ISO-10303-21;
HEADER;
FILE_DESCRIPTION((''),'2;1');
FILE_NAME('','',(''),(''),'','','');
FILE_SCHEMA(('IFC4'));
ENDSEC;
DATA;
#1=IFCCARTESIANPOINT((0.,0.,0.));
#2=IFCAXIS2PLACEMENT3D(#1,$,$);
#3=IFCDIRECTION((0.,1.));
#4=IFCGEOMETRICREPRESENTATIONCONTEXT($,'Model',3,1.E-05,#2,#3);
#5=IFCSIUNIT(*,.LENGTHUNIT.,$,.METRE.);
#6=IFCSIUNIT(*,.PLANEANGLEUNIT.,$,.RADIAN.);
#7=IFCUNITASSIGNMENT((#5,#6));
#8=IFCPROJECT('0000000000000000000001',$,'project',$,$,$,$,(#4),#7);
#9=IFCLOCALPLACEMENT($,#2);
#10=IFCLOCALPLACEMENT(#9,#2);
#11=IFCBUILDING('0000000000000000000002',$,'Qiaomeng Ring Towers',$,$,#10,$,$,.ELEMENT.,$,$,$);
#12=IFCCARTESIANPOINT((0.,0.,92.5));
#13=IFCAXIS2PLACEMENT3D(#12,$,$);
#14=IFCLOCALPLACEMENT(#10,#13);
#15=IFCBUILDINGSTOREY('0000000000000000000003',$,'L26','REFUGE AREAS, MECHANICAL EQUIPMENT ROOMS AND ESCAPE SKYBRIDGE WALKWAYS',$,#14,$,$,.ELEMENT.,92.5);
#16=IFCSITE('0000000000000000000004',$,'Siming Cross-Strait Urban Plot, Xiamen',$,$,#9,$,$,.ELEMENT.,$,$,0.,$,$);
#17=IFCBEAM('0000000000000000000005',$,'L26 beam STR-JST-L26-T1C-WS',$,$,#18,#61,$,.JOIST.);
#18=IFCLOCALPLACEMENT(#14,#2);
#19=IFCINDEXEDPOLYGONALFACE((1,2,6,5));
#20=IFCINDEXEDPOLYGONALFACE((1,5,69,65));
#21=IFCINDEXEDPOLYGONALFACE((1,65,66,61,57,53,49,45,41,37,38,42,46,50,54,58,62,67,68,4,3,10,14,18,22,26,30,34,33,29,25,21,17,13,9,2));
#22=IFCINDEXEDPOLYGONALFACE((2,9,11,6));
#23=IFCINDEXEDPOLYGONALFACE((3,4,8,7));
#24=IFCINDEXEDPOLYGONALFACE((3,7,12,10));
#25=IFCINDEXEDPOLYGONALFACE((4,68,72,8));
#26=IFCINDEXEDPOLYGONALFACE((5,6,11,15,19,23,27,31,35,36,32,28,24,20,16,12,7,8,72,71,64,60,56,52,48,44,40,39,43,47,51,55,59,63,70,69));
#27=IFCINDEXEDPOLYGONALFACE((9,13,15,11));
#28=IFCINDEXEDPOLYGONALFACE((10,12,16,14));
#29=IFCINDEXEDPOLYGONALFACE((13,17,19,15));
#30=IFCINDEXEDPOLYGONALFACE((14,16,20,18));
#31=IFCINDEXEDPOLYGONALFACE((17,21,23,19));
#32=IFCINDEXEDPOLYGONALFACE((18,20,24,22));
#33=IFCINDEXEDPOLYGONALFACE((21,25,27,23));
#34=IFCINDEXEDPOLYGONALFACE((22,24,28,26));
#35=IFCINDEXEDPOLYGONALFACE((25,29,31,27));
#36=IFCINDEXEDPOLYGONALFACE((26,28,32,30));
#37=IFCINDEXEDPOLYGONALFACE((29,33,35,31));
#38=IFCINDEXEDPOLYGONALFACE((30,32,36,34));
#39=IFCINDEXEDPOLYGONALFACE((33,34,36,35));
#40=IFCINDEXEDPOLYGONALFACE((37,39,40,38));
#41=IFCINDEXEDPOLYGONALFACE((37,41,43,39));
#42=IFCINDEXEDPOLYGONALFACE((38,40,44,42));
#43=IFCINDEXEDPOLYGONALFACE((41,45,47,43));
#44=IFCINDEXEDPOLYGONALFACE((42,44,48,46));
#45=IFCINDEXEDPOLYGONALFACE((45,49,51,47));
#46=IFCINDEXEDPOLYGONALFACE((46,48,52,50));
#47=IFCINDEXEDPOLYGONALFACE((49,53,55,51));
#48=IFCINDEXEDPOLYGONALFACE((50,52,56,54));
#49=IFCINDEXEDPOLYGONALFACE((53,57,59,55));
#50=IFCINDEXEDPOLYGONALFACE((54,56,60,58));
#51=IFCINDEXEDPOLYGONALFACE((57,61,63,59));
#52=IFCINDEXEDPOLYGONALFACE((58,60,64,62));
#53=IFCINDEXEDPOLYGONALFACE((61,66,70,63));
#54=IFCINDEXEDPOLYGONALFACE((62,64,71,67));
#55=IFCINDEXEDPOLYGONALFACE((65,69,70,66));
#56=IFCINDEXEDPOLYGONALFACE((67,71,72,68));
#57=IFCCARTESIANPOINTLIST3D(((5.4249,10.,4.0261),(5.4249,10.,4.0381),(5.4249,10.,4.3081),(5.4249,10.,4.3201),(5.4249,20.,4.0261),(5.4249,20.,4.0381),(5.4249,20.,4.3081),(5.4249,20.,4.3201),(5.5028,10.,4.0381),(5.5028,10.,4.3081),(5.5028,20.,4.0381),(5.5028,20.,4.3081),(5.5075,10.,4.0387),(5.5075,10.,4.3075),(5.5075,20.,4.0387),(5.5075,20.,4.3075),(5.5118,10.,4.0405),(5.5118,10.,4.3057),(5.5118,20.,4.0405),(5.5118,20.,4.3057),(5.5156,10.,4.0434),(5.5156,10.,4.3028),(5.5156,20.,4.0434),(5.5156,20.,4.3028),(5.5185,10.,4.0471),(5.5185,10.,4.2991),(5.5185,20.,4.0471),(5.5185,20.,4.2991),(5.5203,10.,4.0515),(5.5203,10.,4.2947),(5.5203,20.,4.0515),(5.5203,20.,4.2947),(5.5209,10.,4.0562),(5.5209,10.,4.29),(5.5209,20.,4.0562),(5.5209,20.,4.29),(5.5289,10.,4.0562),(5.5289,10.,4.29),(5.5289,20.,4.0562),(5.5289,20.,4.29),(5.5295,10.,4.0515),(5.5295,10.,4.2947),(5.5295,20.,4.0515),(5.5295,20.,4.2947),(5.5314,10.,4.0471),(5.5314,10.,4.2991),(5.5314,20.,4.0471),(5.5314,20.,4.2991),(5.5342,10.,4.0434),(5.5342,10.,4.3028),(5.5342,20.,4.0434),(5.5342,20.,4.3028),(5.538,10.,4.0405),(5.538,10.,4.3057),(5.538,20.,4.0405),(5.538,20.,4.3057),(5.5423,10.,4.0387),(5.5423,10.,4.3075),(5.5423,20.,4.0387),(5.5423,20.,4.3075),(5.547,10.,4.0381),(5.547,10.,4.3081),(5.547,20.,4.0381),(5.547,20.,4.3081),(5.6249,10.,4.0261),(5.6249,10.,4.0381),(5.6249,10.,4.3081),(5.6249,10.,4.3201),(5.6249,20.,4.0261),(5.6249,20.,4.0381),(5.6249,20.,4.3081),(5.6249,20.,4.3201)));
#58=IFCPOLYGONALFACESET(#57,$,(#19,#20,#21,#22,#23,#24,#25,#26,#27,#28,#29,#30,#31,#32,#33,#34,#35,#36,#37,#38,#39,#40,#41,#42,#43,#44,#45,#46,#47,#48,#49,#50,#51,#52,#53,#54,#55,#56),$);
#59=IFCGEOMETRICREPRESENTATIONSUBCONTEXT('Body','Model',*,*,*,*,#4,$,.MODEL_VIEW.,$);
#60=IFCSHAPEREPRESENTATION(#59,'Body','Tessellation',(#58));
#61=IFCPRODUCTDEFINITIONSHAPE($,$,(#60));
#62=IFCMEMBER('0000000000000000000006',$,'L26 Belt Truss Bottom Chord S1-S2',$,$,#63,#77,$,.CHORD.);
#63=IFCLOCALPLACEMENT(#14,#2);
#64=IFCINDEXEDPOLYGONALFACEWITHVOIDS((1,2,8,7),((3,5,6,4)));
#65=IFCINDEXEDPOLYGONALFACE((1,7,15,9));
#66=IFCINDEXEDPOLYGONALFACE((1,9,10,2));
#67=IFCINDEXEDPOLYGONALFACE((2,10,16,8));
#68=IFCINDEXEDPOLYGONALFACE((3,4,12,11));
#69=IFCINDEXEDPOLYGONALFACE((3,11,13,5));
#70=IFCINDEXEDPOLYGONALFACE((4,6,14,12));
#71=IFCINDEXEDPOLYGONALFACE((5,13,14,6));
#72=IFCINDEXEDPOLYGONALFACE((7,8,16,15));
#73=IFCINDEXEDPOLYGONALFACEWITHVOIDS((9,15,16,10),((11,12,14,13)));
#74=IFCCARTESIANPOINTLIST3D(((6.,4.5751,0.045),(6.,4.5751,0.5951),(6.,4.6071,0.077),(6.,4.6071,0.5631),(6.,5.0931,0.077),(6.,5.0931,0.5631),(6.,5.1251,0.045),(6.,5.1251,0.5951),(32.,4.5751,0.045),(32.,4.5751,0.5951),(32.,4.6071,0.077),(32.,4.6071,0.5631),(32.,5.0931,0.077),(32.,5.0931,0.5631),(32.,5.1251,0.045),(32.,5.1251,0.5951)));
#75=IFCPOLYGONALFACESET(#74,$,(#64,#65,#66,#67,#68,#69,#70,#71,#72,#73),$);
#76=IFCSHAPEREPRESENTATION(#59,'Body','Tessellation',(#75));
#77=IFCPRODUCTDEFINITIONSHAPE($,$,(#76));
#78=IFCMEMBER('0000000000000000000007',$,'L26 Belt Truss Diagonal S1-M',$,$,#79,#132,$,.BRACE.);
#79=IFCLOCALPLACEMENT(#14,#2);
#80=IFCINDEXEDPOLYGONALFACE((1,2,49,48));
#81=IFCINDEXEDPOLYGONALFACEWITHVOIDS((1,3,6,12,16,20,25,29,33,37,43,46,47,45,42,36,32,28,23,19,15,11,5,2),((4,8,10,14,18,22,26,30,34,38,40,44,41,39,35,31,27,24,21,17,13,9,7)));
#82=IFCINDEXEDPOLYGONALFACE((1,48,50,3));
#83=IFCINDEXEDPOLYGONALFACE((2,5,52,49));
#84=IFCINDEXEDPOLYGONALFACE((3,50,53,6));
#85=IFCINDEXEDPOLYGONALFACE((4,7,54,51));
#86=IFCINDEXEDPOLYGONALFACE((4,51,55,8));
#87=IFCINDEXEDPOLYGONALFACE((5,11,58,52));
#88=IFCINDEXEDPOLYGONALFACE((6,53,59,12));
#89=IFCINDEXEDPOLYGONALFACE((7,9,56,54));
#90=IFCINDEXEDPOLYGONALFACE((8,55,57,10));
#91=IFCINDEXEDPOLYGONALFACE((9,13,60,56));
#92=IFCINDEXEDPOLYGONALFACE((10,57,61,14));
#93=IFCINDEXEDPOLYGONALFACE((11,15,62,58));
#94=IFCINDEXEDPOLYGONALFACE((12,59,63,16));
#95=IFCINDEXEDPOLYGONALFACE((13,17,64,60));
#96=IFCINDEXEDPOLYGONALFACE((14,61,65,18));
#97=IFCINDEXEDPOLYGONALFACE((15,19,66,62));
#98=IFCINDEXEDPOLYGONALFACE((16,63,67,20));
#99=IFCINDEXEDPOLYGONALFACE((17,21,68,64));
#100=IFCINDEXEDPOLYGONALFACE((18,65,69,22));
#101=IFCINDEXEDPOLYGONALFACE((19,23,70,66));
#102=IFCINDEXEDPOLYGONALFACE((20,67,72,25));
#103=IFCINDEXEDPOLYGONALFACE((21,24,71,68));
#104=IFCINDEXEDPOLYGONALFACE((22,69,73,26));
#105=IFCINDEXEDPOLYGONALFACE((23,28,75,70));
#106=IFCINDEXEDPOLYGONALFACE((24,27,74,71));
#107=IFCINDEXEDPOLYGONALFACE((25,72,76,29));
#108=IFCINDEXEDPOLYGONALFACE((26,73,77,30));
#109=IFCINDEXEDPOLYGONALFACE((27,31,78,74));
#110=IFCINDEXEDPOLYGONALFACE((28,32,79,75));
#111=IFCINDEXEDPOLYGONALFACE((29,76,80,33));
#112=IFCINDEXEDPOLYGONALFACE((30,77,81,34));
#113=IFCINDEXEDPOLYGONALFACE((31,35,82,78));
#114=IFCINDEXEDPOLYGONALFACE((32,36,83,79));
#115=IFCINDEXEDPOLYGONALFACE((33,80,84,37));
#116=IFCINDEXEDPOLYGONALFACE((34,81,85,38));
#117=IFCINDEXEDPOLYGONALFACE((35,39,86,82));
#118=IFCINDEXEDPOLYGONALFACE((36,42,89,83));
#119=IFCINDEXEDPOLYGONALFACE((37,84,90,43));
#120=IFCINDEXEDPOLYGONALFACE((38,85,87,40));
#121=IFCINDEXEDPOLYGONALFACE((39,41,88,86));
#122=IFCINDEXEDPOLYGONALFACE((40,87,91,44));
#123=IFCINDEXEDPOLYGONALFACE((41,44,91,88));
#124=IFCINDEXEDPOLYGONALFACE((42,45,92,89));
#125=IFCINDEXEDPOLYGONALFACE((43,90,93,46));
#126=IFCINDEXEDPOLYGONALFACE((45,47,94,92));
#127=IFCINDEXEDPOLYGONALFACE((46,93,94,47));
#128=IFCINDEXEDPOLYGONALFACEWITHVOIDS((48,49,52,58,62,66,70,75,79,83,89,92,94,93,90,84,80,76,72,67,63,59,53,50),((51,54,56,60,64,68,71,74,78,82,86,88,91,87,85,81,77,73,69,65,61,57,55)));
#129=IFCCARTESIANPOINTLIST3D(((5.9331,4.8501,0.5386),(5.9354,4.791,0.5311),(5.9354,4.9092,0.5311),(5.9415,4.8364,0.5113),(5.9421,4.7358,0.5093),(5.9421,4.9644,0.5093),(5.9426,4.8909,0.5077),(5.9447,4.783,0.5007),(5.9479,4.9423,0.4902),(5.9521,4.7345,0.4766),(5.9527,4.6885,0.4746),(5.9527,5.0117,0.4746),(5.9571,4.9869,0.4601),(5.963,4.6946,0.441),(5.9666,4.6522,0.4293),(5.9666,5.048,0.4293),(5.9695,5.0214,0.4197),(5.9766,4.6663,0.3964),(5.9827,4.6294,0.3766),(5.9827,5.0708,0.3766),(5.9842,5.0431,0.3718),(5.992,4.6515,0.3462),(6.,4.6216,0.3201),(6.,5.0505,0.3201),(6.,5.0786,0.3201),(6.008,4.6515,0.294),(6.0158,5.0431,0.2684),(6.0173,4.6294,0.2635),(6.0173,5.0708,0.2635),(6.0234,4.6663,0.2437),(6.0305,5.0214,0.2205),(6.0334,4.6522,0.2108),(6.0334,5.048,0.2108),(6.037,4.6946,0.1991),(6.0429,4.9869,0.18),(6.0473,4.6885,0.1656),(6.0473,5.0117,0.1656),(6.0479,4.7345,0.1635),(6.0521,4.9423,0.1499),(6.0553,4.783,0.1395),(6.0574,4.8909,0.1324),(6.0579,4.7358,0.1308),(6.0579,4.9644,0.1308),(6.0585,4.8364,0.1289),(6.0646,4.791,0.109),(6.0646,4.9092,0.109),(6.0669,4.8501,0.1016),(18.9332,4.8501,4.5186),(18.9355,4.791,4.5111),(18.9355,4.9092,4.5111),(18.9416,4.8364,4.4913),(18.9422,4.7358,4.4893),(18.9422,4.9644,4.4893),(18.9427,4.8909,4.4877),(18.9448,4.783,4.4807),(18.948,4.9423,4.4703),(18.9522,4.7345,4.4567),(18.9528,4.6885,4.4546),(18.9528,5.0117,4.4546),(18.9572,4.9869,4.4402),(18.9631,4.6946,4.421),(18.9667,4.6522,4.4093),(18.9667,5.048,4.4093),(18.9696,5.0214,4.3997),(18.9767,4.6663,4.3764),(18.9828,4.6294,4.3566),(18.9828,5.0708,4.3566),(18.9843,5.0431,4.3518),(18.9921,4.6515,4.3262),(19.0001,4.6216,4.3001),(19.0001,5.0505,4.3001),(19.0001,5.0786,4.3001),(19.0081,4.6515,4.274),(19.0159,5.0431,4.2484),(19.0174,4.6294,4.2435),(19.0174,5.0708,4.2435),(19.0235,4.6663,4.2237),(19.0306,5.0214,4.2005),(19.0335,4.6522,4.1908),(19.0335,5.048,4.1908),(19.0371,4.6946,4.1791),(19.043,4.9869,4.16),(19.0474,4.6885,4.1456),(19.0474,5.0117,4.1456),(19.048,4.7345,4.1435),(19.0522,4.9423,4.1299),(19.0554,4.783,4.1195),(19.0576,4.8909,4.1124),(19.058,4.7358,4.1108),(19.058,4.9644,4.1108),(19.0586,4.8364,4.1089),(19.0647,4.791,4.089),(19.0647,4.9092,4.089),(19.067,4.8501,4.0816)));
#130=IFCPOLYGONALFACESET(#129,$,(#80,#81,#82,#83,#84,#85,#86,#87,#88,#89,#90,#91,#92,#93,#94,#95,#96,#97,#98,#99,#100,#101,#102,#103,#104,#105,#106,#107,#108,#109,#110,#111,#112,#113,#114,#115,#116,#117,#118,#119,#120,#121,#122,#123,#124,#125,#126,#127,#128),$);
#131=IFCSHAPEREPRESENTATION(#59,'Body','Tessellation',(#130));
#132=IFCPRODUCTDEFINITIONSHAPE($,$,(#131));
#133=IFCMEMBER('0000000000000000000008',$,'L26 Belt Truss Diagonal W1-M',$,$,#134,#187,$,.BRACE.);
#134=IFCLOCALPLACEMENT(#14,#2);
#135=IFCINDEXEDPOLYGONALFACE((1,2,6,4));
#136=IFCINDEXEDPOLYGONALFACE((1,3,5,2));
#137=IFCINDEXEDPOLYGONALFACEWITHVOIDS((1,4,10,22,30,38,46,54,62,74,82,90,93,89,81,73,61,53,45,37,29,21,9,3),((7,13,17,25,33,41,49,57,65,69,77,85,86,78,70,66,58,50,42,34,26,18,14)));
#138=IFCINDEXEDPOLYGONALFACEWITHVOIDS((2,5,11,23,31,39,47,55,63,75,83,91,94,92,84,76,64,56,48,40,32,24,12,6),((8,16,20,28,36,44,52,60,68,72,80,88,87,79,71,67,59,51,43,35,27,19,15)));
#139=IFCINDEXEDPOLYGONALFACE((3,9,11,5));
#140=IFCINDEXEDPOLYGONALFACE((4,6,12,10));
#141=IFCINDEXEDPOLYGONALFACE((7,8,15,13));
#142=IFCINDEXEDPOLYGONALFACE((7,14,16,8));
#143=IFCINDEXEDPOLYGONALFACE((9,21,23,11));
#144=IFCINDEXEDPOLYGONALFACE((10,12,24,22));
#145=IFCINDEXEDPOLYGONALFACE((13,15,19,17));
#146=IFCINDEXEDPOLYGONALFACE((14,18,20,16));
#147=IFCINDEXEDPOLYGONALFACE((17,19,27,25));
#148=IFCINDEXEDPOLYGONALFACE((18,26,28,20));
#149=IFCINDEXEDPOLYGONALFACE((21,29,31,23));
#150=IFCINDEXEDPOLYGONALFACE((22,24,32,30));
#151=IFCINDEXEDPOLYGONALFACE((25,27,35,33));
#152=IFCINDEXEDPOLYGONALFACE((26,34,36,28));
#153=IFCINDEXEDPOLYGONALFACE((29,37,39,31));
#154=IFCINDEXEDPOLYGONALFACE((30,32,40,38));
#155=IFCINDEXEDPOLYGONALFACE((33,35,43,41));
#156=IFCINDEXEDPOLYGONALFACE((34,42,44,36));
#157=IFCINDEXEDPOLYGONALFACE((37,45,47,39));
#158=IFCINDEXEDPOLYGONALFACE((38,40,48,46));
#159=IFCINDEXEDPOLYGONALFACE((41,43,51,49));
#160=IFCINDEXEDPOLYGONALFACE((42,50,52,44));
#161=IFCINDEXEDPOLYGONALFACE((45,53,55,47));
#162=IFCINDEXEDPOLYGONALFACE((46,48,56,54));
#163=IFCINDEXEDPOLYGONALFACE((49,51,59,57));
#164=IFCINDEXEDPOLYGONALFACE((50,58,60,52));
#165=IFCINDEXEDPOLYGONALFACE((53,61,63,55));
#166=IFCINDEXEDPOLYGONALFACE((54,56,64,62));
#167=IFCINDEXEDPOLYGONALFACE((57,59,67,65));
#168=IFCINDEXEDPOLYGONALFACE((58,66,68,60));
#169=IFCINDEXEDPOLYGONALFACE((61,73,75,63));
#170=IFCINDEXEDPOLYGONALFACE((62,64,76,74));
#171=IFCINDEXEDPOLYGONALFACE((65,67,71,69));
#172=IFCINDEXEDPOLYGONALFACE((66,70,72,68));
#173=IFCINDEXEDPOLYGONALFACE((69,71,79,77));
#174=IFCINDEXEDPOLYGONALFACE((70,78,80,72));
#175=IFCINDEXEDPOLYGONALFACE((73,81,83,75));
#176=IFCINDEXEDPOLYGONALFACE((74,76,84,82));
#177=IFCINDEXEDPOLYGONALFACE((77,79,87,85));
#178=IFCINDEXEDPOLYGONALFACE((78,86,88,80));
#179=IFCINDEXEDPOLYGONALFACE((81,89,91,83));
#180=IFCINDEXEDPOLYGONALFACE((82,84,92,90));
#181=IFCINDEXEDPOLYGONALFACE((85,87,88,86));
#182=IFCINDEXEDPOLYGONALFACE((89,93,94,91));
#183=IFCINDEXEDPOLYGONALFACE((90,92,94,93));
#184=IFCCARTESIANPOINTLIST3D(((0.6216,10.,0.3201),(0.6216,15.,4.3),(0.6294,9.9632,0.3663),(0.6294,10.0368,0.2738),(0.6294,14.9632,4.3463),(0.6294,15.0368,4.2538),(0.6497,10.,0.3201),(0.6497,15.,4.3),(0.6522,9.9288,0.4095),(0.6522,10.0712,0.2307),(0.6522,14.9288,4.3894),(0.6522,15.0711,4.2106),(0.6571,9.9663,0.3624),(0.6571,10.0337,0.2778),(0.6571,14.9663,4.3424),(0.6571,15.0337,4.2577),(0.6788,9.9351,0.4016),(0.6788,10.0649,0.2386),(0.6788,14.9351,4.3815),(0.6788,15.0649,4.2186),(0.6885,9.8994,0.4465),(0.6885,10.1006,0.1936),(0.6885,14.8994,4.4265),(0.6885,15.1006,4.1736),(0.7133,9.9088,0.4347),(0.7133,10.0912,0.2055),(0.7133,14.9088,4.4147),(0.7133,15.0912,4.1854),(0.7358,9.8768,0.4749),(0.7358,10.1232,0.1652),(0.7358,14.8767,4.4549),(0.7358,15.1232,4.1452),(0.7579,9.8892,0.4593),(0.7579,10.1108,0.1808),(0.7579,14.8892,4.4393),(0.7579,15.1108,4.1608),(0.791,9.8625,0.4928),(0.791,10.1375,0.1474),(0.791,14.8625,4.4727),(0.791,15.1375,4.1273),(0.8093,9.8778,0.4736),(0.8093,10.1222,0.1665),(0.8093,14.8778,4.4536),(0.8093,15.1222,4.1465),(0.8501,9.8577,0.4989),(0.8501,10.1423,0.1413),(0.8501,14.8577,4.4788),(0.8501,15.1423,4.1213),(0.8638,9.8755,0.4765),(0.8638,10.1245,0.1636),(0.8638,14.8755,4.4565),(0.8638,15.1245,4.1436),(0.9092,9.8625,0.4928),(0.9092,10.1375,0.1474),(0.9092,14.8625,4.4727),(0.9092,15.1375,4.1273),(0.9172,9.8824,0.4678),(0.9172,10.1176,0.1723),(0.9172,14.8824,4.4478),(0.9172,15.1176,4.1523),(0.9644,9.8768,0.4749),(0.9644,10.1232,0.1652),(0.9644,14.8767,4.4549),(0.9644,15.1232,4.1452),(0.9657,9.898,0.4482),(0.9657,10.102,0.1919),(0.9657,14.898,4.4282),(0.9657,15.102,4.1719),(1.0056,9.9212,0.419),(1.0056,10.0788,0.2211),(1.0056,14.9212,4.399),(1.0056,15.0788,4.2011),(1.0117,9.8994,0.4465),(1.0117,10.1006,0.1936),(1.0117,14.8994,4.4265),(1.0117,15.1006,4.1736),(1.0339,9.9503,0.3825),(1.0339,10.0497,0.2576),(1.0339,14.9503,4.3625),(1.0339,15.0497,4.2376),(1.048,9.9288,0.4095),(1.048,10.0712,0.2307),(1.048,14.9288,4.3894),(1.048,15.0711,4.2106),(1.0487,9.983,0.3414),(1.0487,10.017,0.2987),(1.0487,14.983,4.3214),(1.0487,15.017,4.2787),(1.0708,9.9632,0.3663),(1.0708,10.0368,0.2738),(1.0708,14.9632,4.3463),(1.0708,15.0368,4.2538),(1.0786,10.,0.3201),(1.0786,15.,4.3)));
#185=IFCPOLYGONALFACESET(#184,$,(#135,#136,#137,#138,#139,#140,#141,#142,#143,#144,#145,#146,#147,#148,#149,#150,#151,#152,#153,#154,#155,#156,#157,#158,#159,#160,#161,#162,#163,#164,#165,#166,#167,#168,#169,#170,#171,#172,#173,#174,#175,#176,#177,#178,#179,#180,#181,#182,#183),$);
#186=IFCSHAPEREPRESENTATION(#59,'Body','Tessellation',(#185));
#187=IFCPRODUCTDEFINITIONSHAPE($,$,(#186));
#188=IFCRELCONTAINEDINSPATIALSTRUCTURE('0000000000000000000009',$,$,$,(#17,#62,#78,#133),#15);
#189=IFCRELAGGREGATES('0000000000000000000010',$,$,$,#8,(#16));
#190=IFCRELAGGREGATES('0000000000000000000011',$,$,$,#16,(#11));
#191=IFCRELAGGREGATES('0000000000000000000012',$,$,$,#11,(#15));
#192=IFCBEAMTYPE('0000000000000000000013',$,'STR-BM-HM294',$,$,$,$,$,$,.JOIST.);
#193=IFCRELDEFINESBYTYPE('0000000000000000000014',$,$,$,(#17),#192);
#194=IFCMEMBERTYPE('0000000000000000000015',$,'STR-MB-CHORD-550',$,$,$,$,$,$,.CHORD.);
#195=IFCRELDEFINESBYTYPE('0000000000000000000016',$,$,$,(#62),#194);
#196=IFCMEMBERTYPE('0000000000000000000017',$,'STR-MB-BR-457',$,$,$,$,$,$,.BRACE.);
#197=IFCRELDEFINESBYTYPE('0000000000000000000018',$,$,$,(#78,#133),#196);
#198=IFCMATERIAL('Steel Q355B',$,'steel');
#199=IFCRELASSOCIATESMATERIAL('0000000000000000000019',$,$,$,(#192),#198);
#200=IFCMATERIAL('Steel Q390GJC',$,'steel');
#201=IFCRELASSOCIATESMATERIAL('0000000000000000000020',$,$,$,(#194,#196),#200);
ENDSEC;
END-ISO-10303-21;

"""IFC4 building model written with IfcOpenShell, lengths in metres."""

from ifc_helpers import new_model, si_unit, direction, frame, origin, origin_2d, place, context, subcontext, project, spatial, hollow_rectangle, hollow_circle, i_section, extrude, source, transform, mapped, material, material_profile, profile_set, type_object, element, save


model = new_model("IFC4")

# Units and contexts
model_context = context("Model", 3, precision=1e-05, world=origin(), true_north=direction((0.0, 1.0)))
body_context = subcontext(model_context, "Body", "Model", "MODEL_VIEW")
ifc_project = project(units=[si_unit("LENGTHUNIT", "METRE"), si_unit("PLANEANGLEUNIT", "RADIAN")], contexts=[model_context])

# Site, building, storey
site_placement = place(None, origin())
site = spatial("IfcSite", under=ifc_project, at=site_placement, Name="Siming Cross-Strait Urban Plot, Xiamen", CompositionType="ELEMENT", RefElevation=0.0)
building_placement = place(site_placement, origin())
building = spatial("IfcBuilding", under=site, at=building_placement, Name="Qiaomeng Ring Towers", CompositionType="ELEMENT")
storey_placement = place(building_placement, frame((0.0, 0.0, 92.5)))
storey = spatial("IfcBuildingStorey", under=building, at=storey_placement, Name="L26", Description="REFUGE AREAS, MECHANICAL EQUIPMENT ROOMS AND ESCAPE SKYBRIDGE WALKWAYS", CompositionType="ELEMENT", Elevation=92.5)

# Beam
ifc_material_1 = material(Name="Steel Q355B", Category="steel")
ifc_material_profile_1 = material_profile(ifc_material_1, i_section(OverallWidth=0.2, OverallDepth=0.2939, WebThickness=0.0081, FlangeThickness=0.012, FilletRadius=0.0181, at=origin_2d()), Name="HM 294x200x8x12")
ifc_profile_set_1 = profile_set([ifc_material_profile_1], Name="Steel Q355B")
beam_type_1 = type_object("IfcBeamType", Name="STR-BM-HM294", PredefinedType="JOIST", material=ifc_profile_set_1)
shared_shape_1 = source(origin(), body_context, "Body", "SweptSolid", [
    extrude(i_section(OverallWidth=0.2, OverallDepth=0.2939, WebThickness=0.0081, FlangeThickness=0.012, FilletRadius=0.0181, at=origin_2d()), origin(), (0.0, 0.0, 1.0), 10.0),
])
beam_1_placement = place(storey_placement, frame((5.5249, 10.0, 4.1731), z_axis=(0.0, 1.0, 0.0), x_axis=(-1.0, 0.0, 0.0)))
element("IfcBeam", 1, at=beam_1_placement, inside=storey, type_object=beam_type_1, Name="L26 beam STR-JST-L26-T1C-WS", PredefinedType="JOIST", context=body_context, shape_type="MappedRepresentation", body=[
    mapped(shared_shape_1, transform((0.0, 0.0, 0.0), x_axis=(1.0, 0.0, 0.0), y_axis=(0.0, 1.0, 0.0), z_axis=(0.0, 0.0, 1.0), scale=1.0)),
])

# Members
ifc_material_2 = material(Name="Steel Q390GJC", Category="steel")
ifc_material_profile_2 = material_profile(ifc_material_2, hollow_rectangle(XDim=0.55, YDim=0.55, WallThickness=0.032, at=origin_2d()), Name="SHS 550x550x32")
ifc_profile_set_2 = profile_set([ifc_material_profile_2], Name="Steel Q390GJC")
member_type_1 = type_object("IfcMemberType", Name="STR-MB-CHORD-550", PredefinedType="CHORD", material=ifc_profile_set_2)
shared_shape_2 = source(origin(), body_context, "Body", "SweptSolid", [
    extrude(hollow_rectangle(XDim=0.55, YDim=0.55, WallThickness=0.032, at=origin_2d()), origin(), (0.0, 0.0, 1.0), 26.0),
])
member_1_placement = place(storey_placement, frame((6.0, 4.8501, 0.3201), z_axis=(1.0, 0.0, 0.0), x_axis=(0.0, 1.0, 0.0)))
element("IfcMember", 2, at=member_1_placement, inside=storey, type_object=member_type_1, Name="L26 Belt Truss Bottom Chord S1-S2", PredefinedType="CHORD", context=body_context, shape_type="MappedRepresentation", body=[
    mapped(shared_shape_2, transform((0.0, 0.0, 0.0), x_axis=(1.0, 0.0, 0.0), y_axis=(0.0, 1.0, 0.0), z_axis=(0.0, 0.0, 1.0), scale=1.0)),
])
ifc_material_profile_3 = material_profile(ifc_material_2, hollow_circle(Radius=0.2285, WallThickness=0.0281, at=origin_2d()), Name="CHS 457x28")
ifc_profile_set_3 = profile_set([ifc_material_profile_3], Name="Steel Q390GJC")
member_type_2 = type_object("IfcMemberType", Name="STR-MB-BR-457", PredefinedType="BRACE", material=ifc_profile_set_3)
shared_shape_3 = source(origin(), body_context, "Body", "SweptSolid", [
    extrude(hollow_circle(Radius=0.2285, WallThickness=0.0281, at=origin_2d()), origin(), (0.0, 0.0, 1.0), 13.5957),
])
member_2_placement = place(storey_placement, frame((6.0, 4.8501, 0.3201), z_axis=(0.956192, 0.0, 0.29274), x_axis=(0.0, 1.0, 0.0)))
element("IfcMember", 3, at=member_2_placement, inside=storey, type_object=member_type_2, Name="L26 Belt Truss Diagonal S1-M", PredefinedType="BRACE", context=body_context, shape_type="MappedRepresentation", body=[
    mapped(shared_shape_3, transform((0.0, 0.0, 0.0), x_axis=(1.0, 0.0, 0.0), y_axis=(0.0, 1.0, 0.0), z_axis=(0.0, 0.0, 1.0), scale=1.0)),
])
shared_shape_4 = source(origin(), body_context, "Body", "SweptSolid", [
    extrude(hollow_circle(Radius=0.2285, WallThickness=0.0281, at=origin_2d()), origin(), (0.0, 0.0, 1.0), 6.3906),
])
member_3_placement = place(storey_placement, frame((0.8501, 10.0, 0.3201), z_axis=(0.0, 0.782395, 0.622783), x_axis=(-1.0, 0.0, 0.0)))
element("IfcMember", 4, at=member_3_placement, inside=storey, type_object=member_type_2, Name="L26 Belt Truss Diagonal W1-M", PredefinedType="BRACE", context=body_context, shape_type="MappedRepresentation", body=[
    mapped(shared_shape_4, transform((0.0, 0.0, 0.0), x_axis=(1.0, 0.0, 0.0), y_axis=(0.0, 1.0, 0.0), z_axis=(0.0, 0.0, 1.0), scale=1.0)),
])

save(model, "model.ifc")
